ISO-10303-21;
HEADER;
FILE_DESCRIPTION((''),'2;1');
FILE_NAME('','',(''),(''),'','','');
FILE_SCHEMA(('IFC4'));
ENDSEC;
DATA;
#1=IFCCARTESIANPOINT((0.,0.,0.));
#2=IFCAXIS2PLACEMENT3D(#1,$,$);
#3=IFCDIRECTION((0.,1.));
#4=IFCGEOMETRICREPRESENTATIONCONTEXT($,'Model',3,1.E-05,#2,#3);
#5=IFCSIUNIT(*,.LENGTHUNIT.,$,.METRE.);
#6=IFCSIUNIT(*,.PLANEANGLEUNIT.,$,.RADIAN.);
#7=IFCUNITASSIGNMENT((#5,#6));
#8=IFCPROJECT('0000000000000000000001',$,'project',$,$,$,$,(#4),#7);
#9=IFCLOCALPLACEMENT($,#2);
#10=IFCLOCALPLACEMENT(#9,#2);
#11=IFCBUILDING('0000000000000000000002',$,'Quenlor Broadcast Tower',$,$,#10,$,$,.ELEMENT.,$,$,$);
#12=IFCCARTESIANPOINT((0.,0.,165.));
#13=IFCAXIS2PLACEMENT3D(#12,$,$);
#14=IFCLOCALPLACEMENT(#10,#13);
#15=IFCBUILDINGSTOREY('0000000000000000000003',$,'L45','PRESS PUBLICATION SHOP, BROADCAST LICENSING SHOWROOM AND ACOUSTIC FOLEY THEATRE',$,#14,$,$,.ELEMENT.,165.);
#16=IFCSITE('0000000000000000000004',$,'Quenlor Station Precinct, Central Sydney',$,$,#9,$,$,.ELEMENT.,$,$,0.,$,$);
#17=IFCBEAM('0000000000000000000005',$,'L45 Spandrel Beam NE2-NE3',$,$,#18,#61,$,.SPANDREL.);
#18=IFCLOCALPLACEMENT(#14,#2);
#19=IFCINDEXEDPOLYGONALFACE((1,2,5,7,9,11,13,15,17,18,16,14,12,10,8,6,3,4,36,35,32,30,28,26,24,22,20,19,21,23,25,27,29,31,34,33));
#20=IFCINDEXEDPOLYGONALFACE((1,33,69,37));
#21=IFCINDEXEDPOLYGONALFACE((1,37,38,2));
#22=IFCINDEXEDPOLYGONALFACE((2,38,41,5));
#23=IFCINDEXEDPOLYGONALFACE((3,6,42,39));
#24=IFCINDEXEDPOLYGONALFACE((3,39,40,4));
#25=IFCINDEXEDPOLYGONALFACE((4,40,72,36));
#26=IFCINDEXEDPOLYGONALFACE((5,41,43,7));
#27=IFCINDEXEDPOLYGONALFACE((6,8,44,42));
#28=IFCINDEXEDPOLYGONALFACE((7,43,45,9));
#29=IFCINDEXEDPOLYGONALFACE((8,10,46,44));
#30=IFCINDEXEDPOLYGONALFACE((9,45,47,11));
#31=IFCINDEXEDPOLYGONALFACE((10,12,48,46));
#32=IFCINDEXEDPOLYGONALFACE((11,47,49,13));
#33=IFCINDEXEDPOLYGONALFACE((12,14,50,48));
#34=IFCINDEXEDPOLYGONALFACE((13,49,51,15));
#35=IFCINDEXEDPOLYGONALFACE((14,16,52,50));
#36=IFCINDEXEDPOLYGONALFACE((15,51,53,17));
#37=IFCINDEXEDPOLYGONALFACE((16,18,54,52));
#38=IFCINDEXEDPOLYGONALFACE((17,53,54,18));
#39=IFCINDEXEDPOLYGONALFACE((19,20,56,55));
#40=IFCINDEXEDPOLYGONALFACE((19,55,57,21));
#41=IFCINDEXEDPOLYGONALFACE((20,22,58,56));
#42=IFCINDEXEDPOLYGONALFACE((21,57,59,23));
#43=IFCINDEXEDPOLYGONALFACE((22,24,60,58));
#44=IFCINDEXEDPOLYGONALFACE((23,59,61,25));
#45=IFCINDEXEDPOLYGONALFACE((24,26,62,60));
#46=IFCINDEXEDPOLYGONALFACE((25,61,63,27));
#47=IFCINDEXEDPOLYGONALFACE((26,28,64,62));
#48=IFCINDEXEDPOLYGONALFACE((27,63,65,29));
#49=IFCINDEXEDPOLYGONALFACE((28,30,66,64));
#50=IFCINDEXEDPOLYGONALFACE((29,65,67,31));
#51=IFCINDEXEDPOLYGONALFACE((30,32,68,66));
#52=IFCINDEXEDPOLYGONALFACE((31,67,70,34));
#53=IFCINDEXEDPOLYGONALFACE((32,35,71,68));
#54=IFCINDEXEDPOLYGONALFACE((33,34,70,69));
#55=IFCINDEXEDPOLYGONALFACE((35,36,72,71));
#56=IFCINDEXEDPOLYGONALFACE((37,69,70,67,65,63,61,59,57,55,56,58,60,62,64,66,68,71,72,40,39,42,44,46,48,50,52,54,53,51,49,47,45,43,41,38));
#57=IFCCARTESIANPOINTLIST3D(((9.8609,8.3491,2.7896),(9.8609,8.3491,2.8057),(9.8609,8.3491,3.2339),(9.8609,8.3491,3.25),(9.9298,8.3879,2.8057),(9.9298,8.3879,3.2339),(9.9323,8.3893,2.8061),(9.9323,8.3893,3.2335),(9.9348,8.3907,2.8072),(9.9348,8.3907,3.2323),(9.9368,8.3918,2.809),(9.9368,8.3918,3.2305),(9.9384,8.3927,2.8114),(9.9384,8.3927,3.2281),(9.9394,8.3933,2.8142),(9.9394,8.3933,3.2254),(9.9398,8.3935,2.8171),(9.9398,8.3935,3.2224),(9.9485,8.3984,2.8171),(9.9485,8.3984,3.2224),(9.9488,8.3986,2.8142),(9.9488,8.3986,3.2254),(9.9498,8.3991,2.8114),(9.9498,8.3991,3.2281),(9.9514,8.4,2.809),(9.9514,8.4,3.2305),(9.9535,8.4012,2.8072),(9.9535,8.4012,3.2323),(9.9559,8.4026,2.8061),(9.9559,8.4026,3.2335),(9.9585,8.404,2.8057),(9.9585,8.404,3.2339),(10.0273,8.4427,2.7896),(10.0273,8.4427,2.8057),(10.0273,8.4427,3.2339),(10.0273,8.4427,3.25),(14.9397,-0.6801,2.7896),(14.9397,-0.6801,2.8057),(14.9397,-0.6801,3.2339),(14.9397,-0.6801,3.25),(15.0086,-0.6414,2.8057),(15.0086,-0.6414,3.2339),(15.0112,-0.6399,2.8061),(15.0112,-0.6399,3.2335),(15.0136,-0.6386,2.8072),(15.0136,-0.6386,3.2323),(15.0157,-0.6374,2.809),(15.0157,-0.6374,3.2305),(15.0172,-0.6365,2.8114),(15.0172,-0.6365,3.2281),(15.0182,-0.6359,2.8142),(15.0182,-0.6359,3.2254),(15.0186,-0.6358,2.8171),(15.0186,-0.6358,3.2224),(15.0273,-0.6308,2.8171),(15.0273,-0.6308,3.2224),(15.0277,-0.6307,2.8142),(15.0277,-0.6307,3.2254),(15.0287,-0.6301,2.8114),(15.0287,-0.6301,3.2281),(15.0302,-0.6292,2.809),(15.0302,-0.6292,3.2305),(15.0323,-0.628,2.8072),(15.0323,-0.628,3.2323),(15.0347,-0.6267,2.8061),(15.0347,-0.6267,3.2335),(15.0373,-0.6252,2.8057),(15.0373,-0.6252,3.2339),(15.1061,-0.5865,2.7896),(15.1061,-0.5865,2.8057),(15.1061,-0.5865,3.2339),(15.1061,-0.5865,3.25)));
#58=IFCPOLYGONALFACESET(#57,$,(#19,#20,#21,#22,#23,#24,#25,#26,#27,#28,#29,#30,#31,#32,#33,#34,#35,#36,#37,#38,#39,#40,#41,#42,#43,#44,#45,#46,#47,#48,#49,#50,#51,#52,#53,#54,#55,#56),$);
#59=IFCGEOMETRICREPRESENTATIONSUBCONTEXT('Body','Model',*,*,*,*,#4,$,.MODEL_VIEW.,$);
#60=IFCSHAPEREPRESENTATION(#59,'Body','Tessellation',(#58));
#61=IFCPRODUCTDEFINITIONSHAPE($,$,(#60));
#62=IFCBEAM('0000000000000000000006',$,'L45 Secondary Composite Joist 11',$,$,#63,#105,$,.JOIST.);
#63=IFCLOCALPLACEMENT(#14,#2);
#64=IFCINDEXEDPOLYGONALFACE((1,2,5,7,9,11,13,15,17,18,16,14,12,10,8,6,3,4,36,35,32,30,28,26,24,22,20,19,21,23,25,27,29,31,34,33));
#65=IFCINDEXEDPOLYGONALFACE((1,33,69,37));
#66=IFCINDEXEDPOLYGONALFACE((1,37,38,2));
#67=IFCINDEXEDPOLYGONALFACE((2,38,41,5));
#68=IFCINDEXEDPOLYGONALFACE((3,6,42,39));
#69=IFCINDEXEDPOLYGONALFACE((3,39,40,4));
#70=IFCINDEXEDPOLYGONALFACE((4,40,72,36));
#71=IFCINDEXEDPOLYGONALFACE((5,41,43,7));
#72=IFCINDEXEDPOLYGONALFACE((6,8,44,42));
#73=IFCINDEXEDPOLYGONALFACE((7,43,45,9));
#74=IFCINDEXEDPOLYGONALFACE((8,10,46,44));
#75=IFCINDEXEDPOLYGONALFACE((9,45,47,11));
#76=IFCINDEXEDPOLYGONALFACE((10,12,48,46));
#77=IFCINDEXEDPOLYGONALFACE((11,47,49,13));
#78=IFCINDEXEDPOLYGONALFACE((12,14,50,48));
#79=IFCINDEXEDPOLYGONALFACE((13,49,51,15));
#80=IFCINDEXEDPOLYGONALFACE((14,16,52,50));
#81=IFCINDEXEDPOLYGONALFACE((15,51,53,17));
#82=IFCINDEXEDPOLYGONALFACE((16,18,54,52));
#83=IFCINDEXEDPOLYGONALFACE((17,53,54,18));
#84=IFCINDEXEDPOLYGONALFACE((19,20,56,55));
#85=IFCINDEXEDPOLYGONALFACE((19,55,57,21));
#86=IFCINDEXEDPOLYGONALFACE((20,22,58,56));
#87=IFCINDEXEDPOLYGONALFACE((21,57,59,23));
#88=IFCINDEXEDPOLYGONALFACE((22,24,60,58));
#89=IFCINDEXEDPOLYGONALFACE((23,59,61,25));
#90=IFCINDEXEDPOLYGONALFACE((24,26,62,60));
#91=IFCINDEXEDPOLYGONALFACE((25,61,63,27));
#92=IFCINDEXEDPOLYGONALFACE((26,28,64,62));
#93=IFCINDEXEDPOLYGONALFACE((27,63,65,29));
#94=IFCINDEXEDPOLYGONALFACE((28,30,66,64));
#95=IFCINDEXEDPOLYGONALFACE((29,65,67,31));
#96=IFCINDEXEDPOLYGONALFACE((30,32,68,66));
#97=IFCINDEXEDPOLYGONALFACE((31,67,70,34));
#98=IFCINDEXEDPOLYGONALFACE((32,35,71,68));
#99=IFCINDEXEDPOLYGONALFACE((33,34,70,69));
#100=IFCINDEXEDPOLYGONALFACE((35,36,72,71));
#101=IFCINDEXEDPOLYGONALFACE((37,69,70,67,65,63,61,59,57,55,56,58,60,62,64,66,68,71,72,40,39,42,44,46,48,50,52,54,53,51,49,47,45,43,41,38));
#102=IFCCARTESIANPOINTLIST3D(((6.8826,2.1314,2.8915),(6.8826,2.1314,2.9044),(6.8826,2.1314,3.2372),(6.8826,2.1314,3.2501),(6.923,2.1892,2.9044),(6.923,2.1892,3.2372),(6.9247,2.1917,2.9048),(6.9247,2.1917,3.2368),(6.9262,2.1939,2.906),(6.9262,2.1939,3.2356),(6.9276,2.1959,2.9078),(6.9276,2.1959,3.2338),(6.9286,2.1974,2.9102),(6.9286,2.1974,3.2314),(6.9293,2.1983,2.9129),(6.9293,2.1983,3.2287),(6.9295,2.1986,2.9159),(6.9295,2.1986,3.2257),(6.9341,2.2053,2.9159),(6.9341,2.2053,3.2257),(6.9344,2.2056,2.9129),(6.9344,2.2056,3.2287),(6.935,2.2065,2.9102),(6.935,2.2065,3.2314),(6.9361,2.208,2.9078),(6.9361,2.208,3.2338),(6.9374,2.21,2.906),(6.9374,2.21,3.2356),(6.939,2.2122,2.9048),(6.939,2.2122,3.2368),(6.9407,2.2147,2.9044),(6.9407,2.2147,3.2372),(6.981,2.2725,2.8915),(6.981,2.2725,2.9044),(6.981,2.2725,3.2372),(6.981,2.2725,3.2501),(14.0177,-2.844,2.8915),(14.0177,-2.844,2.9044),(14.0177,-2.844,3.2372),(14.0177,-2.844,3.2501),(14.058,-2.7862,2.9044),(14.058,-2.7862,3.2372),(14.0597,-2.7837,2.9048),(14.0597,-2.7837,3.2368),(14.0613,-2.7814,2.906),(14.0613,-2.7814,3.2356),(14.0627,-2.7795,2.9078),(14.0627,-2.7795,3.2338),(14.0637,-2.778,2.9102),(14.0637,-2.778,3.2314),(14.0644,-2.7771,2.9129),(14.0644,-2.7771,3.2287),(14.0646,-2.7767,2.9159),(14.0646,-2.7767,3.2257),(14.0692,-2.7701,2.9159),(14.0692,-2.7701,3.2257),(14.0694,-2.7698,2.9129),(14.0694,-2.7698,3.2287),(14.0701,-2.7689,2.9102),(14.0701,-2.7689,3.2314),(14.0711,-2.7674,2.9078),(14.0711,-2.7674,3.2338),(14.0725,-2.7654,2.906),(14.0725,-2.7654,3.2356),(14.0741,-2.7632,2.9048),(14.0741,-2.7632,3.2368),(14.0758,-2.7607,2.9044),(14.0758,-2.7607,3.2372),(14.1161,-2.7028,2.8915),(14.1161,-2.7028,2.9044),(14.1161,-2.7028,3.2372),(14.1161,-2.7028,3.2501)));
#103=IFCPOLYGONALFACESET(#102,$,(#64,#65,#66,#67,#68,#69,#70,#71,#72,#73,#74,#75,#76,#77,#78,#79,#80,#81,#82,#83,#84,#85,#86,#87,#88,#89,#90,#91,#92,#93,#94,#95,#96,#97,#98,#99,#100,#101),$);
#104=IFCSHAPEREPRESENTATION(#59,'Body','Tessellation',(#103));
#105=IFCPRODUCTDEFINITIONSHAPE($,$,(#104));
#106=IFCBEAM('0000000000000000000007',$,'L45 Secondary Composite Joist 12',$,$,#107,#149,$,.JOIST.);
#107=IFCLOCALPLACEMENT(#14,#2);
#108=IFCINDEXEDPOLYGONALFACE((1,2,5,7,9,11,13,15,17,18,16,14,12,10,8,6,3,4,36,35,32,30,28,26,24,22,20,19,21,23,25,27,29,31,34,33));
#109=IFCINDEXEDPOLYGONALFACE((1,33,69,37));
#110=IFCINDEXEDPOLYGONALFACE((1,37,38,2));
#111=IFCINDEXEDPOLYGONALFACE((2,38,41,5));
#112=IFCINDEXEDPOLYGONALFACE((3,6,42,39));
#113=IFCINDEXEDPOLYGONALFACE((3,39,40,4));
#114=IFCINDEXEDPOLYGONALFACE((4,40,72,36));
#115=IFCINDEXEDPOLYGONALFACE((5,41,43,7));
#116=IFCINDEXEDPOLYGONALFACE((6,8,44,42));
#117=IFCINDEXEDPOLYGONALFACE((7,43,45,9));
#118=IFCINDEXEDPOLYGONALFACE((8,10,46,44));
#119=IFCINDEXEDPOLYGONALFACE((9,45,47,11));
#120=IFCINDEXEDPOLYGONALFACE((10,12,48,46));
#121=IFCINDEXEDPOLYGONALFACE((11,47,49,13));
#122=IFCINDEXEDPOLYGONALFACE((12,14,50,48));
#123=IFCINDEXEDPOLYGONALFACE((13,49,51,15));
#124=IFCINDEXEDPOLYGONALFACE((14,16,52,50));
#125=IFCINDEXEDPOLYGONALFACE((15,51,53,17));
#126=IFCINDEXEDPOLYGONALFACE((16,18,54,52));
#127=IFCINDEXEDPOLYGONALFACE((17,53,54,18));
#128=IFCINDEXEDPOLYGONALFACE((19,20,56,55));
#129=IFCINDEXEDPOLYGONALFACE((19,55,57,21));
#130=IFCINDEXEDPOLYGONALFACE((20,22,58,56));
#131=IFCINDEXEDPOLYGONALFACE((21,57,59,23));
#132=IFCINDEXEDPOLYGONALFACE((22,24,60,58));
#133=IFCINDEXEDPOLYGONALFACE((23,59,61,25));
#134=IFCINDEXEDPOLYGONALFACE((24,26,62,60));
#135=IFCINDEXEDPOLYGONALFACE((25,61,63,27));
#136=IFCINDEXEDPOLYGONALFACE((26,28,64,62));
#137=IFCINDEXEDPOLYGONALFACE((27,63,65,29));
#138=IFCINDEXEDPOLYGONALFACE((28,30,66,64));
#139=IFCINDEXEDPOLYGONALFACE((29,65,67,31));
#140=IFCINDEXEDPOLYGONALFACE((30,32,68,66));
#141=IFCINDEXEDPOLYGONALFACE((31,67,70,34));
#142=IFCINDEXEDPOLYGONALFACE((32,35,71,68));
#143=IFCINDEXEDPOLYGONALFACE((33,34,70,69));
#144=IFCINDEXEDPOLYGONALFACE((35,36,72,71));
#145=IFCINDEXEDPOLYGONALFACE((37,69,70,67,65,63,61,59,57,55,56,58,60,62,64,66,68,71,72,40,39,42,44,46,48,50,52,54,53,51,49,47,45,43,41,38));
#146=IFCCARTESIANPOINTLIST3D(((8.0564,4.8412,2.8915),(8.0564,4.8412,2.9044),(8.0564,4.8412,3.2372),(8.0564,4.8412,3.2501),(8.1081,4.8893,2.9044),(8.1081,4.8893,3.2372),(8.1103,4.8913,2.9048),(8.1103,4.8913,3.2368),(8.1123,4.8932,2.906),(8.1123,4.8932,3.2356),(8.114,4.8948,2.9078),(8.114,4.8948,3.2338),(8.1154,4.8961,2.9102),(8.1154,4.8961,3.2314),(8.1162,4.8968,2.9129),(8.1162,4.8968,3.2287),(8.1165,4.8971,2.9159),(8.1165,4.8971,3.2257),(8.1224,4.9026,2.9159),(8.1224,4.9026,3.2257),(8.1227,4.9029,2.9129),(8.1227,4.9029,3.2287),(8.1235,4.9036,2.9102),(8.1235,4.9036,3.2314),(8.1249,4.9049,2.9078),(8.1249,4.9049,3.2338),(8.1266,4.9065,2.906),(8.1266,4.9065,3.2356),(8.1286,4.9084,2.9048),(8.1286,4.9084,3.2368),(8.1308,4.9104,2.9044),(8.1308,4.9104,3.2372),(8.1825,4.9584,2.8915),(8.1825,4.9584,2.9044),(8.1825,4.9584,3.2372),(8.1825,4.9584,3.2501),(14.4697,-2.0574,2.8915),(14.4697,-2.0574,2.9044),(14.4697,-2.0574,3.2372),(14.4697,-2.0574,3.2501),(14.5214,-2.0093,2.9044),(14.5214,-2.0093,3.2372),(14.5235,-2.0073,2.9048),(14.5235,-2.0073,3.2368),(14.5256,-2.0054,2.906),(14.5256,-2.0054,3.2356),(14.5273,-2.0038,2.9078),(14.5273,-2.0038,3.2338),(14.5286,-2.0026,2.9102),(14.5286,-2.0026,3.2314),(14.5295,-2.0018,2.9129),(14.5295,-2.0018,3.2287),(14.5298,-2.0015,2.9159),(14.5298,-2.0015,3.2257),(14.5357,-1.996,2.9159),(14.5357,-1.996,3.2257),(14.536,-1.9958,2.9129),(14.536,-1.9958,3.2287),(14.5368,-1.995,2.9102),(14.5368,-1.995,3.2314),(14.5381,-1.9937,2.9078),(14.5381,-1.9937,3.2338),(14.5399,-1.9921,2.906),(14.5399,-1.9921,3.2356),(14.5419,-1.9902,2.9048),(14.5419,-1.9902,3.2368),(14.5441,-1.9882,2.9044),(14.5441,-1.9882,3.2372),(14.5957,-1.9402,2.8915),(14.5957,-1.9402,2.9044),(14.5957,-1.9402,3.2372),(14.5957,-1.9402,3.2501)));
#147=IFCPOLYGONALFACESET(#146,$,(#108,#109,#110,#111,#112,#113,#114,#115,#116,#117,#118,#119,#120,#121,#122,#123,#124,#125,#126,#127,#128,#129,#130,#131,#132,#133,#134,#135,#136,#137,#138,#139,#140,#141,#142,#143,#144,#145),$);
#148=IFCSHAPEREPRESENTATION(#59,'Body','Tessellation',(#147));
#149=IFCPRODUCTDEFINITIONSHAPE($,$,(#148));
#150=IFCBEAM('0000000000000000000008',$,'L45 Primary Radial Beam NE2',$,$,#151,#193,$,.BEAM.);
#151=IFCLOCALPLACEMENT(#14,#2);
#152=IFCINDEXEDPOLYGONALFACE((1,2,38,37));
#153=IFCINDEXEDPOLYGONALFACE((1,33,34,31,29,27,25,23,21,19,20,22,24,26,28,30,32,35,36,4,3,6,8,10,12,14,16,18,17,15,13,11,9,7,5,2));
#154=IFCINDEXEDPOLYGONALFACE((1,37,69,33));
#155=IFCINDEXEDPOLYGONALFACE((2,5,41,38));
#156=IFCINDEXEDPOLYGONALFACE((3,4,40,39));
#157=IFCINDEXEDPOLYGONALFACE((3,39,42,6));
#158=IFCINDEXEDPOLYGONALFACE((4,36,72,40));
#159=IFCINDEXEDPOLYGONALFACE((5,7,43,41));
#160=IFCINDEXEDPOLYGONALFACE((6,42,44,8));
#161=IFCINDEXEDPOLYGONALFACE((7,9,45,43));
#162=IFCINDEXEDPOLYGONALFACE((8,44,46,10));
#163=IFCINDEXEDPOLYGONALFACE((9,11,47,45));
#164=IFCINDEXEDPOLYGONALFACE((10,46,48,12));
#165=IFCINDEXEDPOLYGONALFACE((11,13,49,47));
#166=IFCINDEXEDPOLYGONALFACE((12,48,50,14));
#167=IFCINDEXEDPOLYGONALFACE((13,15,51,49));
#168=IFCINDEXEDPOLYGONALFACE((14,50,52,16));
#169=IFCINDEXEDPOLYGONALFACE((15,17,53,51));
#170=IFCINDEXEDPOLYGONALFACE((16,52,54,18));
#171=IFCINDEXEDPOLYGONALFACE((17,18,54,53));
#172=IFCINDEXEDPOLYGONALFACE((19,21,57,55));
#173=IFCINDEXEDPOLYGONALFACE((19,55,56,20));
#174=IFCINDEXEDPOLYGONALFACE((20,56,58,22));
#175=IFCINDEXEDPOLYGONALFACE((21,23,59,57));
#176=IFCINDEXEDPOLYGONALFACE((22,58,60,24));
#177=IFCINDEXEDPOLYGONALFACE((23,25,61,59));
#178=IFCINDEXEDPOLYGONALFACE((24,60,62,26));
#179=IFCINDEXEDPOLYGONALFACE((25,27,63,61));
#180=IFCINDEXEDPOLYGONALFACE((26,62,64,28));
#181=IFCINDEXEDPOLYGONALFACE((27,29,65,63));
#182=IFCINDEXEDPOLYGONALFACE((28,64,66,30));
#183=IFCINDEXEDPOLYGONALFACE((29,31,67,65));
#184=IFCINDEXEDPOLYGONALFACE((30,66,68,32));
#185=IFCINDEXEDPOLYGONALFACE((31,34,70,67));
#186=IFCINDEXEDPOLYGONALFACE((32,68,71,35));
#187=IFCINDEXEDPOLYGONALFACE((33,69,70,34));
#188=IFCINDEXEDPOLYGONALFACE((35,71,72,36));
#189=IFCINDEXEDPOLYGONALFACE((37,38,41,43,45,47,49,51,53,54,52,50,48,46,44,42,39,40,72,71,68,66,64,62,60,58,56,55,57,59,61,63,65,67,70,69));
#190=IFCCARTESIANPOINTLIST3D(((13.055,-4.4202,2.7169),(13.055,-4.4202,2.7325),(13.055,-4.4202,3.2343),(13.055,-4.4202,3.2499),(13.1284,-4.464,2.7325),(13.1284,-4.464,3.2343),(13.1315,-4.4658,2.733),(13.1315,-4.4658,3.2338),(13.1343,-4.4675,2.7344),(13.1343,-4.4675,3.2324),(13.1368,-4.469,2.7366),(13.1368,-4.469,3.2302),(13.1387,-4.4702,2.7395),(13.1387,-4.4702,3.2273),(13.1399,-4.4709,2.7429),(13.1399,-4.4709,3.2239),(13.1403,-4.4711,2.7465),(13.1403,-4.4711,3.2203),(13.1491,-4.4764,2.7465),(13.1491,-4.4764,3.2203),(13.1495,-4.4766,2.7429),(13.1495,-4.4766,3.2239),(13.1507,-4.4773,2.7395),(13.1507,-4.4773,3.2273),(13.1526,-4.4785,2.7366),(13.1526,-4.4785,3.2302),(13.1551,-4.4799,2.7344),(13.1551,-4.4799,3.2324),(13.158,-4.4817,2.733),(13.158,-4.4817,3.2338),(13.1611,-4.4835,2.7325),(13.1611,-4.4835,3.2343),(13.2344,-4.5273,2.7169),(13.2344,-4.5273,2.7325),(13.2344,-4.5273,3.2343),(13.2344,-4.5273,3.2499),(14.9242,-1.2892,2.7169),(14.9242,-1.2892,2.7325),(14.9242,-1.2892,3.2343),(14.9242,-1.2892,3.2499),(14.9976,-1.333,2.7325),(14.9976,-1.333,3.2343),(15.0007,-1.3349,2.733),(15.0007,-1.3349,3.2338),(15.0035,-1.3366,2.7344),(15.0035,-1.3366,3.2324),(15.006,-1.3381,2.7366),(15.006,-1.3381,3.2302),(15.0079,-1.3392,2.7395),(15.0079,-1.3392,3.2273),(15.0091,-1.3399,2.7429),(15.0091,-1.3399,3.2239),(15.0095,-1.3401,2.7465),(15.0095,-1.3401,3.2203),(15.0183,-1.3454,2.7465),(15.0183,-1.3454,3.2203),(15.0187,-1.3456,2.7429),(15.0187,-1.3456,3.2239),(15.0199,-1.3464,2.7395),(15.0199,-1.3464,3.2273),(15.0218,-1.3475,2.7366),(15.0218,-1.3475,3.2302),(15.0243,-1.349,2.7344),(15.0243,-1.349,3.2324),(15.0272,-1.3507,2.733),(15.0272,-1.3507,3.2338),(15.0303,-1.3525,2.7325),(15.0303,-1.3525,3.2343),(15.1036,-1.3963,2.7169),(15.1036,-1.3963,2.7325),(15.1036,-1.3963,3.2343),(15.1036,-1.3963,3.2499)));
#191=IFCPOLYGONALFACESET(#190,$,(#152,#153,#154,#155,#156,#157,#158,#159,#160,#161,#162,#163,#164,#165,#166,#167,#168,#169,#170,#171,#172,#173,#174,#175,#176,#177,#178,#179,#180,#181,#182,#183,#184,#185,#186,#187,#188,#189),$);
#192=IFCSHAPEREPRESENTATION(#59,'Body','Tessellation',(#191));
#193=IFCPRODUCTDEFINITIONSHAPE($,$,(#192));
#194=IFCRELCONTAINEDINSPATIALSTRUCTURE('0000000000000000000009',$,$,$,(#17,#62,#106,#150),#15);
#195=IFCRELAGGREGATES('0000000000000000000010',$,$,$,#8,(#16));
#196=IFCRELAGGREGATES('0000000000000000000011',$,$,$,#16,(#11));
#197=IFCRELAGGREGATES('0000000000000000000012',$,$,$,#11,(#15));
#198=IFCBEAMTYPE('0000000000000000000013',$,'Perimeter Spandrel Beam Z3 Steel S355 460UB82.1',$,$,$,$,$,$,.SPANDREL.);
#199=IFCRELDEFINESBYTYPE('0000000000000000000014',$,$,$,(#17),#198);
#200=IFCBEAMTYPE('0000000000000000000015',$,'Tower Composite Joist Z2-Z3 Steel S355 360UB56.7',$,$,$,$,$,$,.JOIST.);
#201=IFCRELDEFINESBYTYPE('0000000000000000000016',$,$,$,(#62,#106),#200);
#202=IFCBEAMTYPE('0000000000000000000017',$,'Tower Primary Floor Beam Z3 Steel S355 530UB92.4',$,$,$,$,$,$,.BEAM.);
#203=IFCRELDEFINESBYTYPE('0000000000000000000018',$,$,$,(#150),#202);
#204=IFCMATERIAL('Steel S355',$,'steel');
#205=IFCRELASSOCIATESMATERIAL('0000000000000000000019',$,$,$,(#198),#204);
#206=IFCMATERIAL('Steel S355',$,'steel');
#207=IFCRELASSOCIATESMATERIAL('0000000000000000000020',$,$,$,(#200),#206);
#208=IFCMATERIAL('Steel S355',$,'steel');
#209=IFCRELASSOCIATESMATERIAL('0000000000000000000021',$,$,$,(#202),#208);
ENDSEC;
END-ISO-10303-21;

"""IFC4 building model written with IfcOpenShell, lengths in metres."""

from ifc_helpers import new_model, si_unit, direction, frame, origin, origin_2d, place, context, subcontext, project, spatial, i_section, extrude, material, material_profile, profile_set, type_object, element, save


model = new_model("IFC4")

# Units and contexts
model_context = context("Model", 3, precision=1e-05, world=origin(), true_north=direction((0.0, 1.0)))
body_context = subcontext(model_context, "Body", "Model", "MODEL_VIEW")
ifc_project = project(units=[si_unit("LENGTHUNIT", "METRE"), si_unit("PLANEANGLEUNIT", "RADIAN")], contexts=[model_context])

# Site, building, storey
site_placement = place(None, origin())
site = spatial("IfcSite", under=ifc_project, at=site_placement, Name="Quenlor Station Precinct, Central Sydney", CompositionType="ELEMENT", RefElevation=0.0)
building_placement = place(site_placement, origin())
building = spatial("IfcBuilding", under=site, at=building_placement, Name="Quenlor Broadcast Tower", CompositionType="ELEMENT")
storey_placement = place(building_placement, frame((0.0, 0.0, 165.0)))
storey = spatial("IfcBuildingStorey", under=building, at=storey_placement, Name="L45", Description="PRESS PUBLICATION SHOP, BROADCAST LICENSING SHOWROOM AND ACOUSTIC FOLEY THEATRE", CompositionType="ELEMENT", Elevation=165.0)

# Beams
ifc_material_1 = material(Name="Steel S355", Category="steel")
ifc_material_profile_1 = material_profile(ifc_material_1, i_section(OverallWidth=0.1909, OverallDepth=0.4604, WebThickness=0.01, FlangeThickness=0.0161, FilletRadius=0.0115, at=origin_2d()))
ifc_profile_set_1 = profile_set([ifc_material_profile_1], Name="Steel S355 460UB82.1")
beam_type_1 = type_object("IfcBeamType", Name="Perimeter Spandrel Beam Z3 Steel S355 460UB82.1", PredefinedType="SPANDREL", material=ifc_profile_set_1)
beam_1_placement = place(storey_placement, frame((15.0229, -0.6333, 3.0198), z_axis=(-0.490252, 0.871581, 0.0), x_axis=(-0.871581, -0.490252, 0.0)))
element("IfcBeam", 1, at=beam_1_placement, inside=storey, type_object=beam_type_1, Name="L45 Spandrel Beam NE2-NE3", PredefinedType="SPANDREL", context=body_context, shape_type="SweptSolid", body=[
    extrude(i_section(OverallWidth=0.1909, OverallDepth=0.4604, WebThickness=0.01, FlangeThickness=0.0161, FilletRadius=0.0115, at=origin_2d()), origin(), (0.0, 0.0, 1.0), 10.3596),
])
ifc_material_2 = material(Name="Steel S355", Category="steel")
ifc_material_profile_2 = material_profile(ifc_material_2, i_section(OverallWidth=0.1721, OverallDepth=0.3586, WebThickness=0.0081, FlangeThickness=0.0129, FilletRadius=0.0115, at=origin_2d()))
ifc_profile_set_2 = profile_set([ifc_material_profile_2], Name="Steel S355 360UB56.7")
beam_type_2 = type_object("IfcBeamType", Name="Tower Composite Joist Z2-Z3 Steel S355 360UB56.7", PredefinedType="JOIST", material=ifc_profile_set_2)
beam_2_placement = place(storey_placement, frame((14.0669, -2.7734, 3.0708), z_axis=(-0.820266, 0.571983, 0.0), x_axis=(-0.571983, -0.820266, 0.0)))
element("IfcBeam", 2, at=beam_2_placement, inside=storey, type_object=beam_type_2, Name="L45 Secondary Composite Joist 11", PredefinedType="JOIST", context=body_context, shape_type="SweptSolid", body=[
    extrude(i_section(OverallWidth=0.1721, OverallDepth=0.3586, WebThickness=0.0081, FlangeThickness=0.0129, FilletRadius=0.0115, at=origin_2d()), origin(), (0.0, 0.0, 1.0), 8.6985),
])
beam_3_placement = place(storey_placement, frame((14.5327, -1.9988, 3.0708), z_axis=(-0.680874, 0.732401, 0.0), x_axis=(-0.732401, -0.680874, 0.0)))
element("IfcBeam", 3, at=beam_3_placement, inside=storey, type_object=beam_type_2, Name="L45 Secondary Composite Joist 12", PredefinedType="JOIST", context=body_context, shape_type="SweptSolid", body=[
    extrude(i_section(OverallWidth=0.1721, OverallDepth=0.3586, WebThickness=0.0081, FlangeThickness=0.0129, FilletRadius=0.0115, at=origin_2d()), origin(), (0.0, 0.0, 1.0), 9.4192),
])
ifc_material_3 = material(Name="Steel S355", Category="steel")
ifc_material_profile_3 = material_profile(ifc_material_3, i_section(OverallWidth=0.209, OverallDepth=0.533, WebThickness=0.0103, FlangeThickness=0.0156, FilletRadius=0.0139, at=origin_2d()))
ifc_profile_set_3 = profile_set([ifc_material_profile_3], Name="Steel S355 530UB92.4")
beam_type_3 = type_object("IfcBeamType", Name="Tower Primary Floor Beam Z3 Steel S355 530UB92.4", PredefinedType="BEAM", material=ifc_profile_set_3)
beam_4_placement = place(storey_placement, frame((15.0139, -1.3428, 2.9834), z_axis=(-0.512604, -0.858625, 0.0), x_axis=(0.858625, -0.512604, 0.0)))
element("IfcBeam", 4, at=beam_4_placement, inside=storey, type_object=beam_type_3, Name="L45 Primary Radial Beam NE2", PredefinedType="BEAM", context=body_context, shape_type="SweptSolid", body=[
    extrude(i_section(OverallWidth=0.209, OverallDepth=0.533, WebThickness=0.0103, FlangeThickness=0.0156, FilletRadius=0.0139, at=origin_2d()), origin(), (0.0, 0.0, 1.0), 3.6465),
])

save(model, "model.ifc")
